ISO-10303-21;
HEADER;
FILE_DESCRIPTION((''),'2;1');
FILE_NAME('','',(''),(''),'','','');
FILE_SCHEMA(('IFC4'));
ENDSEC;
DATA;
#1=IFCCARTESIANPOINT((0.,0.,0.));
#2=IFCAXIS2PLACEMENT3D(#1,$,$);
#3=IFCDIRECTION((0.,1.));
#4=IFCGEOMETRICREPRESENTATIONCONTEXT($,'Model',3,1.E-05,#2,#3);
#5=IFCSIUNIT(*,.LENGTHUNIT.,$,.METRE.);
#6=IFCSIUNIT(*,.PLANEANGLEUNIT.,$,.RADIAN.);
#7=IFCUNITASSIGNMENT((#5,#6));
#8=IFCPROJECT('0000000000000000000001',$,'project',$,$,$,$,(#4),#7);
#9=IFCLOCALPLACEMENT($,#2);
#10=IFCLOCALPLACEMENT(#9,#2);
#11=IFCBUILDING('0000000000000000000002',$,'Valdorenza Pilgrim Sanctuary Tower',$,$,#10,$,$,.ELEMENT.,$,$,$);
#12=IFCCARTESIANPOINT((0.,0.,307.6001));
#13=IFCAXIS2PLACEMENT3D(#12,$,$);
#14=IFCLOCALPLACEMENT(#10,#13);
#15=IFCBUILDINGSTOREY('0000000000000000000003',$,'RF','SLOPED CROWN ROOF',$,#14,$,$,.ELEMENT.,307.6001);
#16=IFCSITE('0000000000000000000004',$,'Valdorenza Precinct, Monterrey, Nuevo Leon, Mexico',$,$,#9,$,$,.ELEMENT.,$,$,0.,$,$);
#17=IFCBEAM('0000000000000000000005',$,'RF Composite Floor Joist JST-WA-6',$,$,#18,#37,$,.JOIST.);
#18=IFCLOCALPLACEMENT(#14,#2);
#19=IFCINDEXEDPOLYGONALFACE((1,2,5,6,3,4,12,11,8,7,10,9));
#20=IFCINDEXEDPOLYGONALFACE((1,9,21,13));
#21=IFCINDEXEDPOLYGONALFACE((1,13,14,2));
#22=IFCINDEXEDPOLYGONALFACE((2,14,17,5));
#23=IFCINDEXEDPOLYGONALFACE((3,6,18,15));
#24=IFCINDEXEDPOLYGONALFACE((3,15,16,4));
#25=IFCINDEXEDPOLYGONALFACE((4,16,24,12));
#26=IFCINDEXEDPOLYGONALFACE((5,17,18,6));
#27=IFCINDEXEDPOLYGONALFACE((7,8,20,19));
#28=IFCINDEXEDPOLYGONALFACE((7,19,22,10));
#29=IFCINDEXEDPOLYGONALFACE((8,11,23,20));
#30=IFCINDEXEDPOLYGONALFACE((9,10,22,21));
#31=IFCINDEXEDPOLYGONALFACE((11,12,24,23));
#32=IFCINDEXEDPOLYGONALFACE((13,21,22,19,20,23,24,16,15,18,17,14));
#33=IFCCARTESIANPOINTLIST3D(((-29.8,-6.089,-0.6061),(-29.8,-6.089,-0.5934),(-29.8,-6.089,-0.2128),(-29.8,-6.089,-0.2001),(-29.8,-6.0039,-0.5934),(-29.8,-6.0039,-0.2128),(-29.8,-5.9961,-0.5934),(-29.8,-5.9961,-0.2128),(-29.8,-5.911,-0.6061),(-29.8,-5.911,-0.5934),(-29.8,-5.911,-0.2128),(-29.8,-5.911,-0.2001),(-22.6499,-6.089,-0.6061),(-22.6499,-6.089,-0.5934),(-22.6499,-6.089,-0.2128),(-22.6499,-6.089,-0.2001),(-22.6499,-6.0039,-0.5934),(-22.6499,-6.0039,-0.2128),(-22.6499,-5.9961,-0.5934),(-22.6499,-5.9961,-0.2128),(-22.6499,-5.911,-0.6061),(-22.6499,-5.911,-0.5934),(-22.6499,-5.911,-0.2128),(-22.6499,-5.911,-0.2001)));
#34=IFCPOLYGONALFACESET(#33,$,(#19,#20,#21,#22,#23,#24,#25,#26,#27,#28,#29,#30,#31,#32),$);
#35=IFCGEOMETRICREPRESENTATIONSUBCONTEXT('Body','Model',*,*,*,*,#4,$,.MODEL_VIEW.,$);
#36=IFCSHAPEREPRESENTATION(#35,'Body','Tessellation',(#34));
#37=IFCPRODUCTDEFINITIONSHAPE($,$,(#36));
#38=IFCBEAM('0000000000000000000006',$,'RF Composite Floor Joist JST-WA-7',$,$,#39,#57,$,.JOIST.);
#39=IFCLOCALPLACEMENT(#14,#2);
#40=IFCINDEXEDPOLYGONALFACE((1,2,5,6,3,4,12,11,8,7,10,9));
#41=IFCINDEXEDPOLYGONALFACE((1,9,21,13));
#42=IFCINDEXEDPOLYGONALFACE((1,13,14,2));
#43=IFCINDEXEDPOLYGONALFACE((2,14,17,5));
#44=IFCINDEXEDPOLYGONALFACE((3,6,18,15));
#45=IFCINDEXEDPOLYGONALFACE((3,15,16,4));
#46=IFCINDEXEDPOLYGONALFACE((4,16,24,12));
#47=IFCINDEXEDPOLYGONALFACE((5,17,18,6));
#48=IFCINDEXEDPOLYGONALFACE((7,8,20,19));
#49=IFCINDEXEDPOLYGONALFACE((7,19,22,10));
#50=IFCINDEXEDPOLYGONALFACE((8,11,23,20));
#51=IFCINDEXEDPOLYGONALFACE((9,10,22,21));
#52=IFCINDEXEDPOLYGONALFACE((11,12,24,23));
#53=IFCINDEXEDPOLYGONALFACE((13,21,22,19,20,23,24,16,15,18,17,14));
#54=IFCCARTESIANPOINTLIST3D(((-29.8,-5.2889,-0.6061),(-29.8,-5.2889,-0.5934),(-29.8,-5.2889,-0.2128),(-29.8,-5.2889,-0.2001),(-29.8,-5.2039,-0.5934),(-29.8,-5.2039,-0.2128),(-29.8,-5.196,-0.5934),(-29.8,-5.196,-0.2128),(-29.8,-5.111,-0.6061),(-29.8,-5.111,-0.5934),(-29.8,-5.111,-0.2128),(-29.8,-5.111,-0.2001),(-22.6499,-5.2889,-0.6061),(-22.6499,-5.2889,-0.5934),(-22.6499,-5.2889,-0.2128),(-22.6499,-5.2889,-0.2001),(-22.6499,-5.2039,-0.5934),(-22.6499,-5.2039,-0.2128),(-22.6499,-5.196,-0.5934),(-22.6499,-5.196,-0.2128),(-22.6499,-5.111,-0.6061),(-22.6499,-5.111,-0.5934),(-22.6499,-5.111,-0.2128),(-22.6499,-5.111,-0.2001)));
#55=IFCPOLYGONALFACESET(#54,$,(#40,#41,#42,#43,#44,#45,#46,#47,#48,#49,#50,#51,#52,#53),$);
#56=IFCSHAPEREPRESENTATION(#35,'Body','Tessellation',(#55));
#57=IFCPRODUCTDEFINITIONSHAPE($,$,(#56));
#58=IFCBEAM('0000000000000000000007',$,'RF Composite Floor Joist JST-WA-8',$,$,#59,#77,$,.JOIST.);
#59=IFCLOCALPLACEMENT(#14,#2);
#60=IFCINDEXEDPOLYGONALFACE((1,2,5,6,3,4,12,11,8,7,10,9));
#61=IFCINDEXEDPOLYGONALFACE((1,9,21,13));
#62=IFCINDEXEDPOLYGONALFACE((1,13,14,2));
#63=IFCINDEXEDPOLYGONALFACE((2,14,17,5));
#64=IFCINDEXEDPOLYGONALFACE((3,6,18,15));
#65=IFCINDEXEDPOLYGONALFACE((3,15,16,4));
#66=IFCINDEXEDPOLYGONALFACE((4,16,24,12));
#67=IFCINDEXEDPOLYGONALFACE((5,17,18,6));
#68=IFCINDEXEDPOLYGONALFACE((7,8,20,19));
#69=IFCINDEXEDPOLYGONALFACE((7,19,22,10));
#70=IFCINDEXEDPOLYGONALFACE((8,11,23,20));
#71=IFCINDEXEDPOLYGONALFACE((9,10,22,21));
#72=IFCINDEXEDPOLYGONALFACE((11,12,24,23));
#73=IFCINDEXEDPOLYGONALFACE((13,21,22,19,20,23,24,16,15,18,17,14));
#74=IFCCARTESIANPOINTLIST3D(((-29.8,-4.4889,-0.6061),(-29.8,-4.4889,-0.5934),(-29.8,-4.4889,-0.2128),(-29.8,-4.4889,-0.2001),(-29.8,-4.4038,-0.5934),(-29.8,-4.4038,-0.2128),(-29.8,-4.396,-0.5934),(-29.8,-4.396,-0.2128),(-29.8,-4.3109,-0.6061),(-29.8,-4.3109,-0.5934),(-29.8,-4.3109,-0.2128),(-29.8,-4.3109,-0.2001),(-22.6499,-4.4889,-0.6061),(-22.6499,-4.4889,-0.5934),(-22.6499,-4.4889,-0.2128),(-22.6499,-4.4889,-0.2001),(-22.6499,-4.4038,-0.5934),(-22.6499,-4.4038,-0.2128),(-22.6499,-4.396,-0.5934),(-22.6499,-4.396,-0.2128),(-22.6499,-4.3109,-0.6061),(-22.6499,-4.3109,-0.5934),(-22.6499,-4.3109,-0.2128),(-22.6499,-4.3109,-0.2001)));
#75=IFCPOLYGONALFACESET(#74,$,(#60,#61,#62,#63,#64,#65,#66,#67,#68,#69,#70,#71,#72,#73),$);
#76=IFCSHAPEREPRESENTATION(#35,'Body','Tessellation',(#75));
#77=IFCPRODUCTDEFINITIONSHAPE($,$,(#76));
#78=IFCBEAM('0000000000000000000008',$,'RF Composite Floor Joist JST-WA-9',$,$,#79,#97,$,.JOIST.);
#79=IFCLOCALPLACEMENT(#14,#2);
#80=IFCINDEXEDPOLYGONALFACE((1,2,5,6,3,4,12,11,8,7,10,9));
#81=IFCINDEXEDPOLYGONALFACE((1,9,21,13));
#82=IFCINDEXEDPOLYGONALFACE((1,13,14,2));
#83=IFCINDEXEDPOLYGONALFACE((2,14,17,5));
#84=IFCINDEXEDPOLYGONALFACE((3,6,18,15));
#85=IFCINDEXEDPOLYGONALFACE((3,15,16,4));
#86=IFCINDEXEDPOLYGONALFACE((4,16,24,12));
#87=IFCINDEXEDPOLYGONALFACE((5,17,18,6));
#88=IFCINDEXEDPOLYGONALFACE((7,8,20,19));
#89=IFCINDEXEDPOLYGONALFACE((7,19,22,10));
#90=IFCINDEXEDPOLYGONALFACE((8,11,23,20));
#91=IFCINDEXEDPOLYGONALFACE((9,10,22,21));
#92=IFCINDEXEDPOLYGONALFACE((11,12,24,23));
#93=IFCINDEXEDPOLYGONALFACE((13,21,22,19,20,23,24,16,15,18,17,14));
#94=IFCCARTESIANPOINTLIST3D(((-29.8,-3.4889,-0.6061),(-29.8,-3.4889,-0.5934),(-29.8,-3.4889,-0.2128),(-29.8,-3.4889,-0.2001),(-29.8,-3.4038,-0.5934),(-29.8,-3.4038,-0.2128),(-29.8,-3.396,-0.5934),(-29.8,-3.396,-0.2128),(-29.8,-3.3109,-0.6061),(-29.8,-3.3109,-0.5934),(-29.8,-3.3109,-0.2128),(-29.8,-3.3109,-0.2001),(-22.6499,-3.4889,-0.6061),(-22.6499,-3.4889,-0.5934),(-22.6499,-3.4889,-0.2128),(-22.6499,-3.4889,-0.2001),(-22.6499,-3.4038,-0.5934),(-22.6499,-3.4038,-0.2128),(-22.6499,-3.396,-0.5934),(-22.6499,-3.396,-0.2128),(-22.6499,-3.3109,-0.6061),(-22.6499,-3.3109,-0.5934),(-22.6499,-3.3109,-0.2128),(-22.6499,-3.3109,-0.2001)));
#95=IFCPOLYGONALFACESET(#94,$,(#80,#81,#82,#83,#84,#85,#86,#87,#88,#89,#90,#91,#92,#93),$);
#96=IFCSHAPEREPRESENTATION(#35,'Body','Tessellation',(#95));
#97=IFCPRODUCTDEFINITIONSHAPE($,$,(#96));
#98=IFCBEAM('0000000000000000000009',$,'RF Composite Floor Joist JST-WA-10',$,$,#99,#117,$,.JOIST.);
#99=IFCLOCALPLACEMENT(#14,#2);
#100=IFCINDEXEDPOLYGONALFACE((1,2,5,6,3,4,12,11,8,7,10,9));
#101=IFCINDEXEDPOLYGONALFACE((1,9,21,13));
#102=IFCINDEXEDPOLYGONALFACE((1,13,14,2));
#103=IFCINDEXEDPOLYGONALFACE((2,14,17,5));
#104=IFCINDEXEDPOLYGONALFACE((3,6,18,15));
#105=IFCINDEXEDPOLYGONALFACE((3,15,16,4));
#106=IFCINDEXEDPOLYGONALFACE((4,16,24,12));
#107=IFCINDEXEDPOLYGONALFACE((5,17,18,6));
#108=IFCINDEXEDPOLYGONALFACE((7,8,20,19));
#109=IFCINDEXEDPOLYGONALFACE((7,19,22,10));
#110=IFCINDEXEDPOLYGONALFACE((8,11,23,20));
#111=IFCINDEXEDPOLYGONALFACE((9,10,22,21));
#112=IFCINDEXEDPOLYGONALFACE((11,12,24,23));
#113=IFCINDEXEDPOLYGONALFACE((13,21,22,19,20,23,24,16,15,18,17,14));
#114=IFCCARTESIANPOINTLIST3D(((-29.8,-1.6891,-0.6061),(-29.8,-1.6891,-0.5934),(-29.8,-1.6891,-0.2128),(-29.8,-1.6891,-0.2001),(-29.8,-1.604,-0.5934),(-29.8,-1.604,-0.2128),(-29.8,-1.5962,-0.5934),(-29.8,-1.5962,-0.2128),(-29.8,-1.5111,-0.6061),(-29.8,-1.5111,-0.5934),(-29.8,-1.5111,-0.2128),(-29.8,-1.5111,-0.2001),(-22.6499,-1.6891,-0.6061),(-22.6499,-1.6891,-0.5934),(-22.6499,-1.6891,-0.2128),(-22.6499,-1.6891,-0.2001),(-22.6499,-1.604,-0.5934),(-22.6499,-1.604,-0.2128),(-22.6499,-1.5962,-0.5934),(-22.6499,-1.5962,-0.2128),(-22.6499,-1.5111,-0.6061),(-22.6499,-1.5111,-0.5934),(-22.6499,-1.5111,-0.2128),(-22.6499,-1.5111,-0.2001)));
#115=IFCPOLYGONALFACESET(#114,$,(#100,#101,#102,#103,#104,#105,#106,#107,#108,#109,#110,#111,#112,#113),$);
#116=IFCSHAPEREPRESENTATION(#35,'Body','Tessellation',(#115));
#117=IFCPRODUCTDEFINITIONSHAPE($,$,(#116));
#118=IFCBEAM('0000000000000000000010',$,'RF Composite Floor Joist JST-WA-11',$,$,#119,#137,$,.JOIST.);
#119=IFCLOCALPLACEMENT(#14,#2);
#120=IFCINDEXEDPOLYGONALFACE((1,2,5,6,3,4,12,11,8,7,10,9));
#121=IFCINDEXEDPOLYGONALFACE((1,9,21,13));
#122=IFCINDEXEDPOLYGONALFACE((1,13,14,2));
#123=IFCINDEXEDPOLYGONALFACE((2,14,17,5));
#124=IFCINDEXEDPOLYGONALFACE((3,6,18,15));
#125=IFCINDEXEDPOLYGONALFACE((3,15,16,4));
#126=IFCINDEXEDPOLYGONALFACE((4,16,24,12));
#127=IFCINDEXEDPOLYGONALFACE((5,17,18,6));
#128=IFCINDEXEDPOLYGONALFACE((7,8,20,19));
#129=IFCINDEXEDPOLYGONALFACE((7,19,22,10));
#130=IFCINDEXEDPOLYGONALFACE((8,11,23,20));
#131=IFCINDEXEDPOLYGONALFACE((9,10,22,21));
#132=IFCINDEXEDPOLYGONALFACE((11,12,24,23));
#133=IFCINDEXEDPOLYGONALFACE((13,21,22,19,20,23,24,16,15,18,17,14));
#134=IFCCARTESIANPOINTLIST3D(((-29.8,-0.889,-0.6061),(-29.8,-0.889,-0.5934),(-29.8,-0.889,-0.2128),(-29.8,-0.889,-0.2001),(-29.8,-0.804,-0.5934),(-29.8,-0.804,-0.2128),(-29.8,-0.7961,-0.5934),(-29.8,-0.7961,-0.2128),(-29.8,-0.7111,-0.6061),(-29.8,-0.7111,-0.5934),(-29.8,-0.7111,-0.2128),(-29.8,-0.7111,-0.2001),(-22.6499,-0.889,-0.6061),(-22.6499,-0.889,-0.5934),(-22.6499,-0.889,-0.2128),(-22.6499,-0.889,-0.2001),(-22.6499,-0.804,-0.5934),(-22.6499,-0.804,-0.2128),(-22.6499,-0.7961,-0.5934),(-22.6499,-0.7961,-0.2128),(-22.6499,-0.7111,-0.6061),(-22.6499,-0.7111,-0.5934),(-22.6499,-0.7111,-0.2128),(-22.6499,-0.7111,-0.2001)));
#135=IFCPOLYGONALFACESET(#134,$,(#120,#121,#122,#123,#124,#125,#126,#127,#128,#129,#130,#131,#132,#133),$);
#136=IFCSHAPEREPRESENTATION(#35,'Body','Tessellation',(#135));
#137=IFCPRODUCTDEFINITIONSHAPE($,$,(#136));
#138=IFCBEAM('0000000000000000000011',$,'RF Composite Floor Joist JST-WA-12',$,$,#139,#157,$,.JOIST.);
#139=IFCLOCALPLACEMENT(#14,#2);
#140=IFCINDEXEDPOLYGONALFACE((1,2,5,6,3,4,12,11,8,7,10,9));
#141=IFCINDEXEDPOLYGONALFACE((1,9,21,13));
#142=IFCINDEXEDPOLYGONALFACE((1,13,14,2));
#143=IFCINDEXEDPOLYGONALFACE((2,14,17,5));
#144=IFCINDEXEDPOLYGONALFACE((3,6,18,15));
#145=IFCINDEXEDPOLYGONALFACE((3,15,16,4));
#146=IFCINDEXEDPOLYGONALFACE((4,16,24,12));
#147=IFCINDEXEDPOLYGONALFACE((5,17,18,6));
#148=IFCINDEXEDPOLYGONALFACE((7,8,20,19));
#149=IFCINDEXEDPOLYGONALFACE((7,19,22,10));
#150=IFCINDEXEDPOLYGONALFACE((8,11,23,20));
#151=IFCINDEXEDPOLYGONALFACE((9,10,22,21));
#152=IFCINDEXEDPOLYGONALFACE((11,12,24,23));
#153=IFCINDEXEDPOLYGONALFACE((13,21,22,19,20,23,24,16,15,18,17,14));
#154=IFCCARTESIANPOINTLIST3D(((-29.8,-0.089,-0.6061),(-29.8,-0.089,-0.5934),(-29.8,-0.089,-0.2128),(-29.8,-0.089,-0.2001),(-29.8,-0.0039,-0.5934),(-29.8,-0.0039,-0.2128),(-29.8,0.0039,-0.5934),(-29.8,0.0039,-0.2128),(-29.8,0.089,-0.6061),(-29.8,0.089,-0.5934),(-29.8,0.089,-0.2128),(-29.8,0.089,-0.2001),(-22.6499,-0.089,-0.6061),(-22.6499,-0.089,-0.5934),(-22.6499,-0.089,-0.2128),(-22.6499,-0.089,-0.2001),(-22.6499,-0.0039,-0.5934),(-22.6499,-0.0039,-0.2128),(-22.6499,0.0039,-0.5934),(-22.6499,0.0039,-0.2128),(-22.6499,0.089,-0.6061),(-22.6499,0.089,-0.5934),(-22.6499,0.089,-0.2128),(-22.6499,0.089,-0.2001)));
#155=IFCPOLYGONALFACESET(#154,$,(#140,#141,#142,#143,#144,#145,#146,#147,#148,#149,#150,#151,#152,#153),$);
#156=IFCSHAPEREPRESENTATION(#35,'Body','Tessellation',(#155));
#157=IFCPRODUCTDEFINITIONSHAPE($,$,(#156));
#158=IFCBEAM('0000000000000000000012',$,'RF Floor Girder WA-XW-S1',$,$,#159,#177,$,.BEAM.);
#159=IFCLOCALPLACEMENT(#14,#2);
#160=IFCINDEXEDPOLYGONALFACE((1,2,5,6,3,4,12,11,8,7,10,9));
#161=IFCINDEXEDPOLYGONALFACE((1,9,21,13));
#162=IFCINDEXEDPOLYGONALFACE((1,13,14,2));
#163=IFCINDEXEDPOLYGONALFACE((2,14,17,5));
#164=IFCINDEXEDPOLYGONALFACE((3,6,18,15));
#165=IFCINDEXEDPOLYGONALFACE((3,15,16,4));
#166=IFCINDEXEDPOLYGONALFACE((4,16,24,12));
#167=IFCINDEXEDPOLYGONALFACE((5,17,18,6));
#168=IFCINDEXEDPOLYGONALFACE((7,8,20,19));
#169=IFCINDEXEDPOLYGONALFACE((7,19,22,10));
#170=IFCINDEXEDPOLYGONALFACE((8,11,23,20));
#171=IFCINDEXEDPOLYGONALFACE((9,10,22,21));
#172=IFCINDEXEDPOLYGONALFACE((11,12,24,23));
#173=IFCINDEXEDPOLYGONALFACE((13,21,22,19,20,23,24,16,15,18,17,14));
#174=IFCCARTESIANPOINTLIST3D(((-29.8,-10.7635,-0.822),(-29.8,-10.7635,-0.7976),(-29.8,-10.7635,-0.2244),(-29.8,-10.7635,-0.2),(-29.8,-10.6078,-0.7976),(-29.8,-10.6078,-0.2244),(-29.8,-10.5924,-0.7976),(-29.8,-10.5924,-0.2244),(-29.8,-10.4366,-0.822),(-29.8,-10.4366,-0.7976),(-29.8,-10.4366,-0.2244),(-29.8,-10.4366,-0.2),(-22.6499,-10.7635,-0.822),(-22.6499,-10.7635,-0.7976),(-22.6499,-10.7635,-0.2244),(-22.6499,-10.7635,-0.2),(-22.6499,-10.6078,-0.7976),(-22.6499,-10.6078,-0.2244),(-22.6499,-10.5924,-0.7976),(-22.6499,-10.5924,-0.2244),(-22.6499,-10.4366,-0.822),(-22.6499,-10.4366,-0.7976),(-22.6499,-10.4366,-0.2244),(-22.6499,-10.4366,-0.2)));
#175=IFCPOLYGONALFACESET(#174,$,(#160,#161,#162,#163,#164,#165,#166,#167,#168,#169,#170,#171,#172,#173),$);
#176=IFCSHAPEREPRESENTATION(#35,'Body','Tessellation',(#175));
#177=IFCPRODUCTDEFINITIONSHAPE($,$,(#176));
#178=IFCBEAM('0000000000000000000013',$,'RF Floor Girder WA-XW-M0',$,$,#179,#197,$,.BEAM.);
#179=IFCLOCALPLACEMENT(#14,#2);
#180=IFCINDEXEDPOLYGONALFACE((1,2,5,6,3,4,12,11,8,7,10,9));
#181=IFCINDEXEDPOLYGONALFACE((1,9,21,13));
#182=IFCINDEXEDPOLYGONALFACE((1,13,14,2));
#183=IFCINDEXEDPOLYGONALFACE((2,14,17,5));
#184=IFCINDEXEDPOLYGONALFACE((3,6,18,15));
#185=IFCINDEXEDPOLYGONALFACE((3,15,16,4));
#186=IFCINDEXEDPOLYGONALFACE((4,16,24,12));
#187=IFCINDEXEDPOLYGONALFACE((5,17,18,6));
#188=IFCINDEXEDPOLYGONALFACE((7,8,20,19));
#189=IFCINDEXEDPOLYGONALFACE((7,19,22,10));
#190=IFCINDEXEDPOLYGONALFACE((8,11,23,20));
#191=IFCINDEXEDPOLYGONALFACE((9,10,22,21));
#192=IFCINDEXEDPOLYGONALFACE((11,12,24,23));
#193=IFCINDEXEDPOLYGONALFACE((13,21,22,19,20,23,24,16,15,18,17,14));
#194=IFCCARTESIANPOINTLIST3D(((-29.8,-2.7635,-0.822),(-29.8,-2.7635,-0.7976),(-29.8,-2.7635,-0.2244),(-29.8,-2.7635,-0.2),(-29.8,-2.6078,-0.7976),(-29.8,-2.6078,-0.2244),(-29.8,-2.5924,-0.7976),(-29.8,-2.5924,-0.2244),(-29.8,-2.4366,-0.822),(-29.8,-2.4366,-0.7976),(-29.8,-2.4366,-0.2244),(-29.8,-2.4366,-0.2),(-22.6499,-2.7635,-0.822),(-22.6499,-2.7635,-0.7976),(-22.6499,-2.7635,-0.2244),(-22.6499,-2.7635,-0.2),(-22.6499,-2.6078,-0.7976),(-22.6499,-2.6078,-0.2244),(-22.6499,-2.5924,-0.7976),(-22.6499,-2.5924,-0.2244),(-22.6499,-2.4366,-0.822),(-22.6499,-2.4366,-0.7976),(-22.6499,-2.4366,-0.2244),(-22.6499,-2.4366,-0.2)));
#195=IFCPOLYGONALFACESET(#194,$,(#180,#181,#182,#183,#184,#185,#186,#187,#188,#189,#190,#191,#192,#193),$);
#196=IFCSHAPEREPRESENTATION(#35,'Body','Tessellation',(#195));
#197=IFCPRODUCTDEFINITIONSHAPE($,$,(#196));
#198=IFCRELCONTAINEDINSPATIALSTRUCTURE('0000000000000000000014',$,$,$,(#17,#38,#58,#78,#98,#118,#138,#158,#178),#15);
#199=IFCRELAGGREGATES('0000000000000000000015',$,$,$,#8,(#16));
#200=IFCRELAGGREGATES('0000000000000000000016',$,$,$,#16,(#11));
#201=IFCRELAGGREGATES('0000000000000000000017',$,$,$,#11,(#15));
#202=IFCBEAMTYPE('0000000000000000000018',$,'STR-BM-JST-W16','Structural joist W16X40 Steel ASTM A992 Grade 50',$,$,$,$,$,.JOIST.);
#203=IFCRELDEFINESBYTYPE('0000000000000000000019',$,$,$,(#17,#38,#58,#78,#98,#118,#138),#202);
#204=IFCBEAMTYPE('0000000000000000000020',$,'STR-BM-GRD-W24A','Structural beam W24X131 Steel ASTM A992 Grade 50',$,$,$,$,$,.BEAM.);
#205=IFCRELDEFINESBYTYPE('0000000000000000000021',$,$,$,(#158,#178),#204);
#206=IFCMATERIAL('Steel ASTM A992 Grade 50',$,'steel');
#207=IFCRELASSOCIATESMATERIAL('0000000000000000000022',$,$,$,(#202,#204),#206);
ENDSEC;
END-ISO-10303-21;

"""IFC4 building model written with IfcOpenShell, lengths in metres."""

from ifc_helpers import new_model, si_unit, direction, frame, origin, origin_2d, place, context, subcontext, project, spatial, i_section, extrude, source, transform, mapped, material, material_profile, profile_set, type_object, element, save


model = new_model("IFC4")

# Units and contexts
model_context = context("Model", 3, precision=1e-05, world=origin(), true_north=direction((0.0, 1.0)))
body_context = subcontext(model_context, "Body", "Model", "MODEL_VIEW")
ifc_project = project(units=[si_unit("LENGTHUNIT", "METRE"), si_unit("PLANEANGLEUNIT", "RADIAN")], contexts=[model_context])

# Site, building, storey
site_placement = place(None, origin())
site = spatial("IfcSite", under=ifc_project, at=site_placement, Name="Valdorenza Precinct, Monterrey, Nuevo Leon, Mexico", CompositionType="ELEMENT", RefElevation=0.0)
building_placement = place(site_placement, origin())
building = spatial("IfcBuilding", under=site, at=building_placement, Name="Valdorenza Pilgrim Sanctuary Tower", CompositionType="ELEMENT")
storey_placement = place(building_placement, frame((0.0, 0.0, 307.6001)))
storey = spatial("IfcBuildingStorey", under=building, at=storey_placement, Name="RF", Description="SLOPED CROWN ROOF", CompositionType="ELEMENT", Elevation=307.6001)

# Shared definitions
ifc_material_1 = material(Name="Steel ASTM A992 Grade 50", Category="steel")

# Beams
ifc_material_profile_1 = material_profile(ifc_material_1, i_section(OverallWidth=0.178, OverallDepth=0.406, WebThickness=0.0078, FlangeThickness=0.0127, at=origin_2d()), Name="W16X40")
ifc_profile_set_1 = profile_set([ifc_material_profile_1], Name="Steel ASTM A992 Grade 50")
beam_type_1 = type_object("IfcBeamType", Name="STR-BM-JST-W16", Description="Structural joist W16X40 Steel ASTM A992 Grade 50", PredefinedType="JOIST", material=ifc_profile_set_1)
shared_shape_1 = source(origin(), body_context, "Body", "SweptSolid", [
    extrude(i_section(OverallWidth=0.178, OverallDepth=0.406, WebThickness=0.0078, FlangeThickness=0.0127, at=origin_2d()), origin(), (0.0, 0.0, 1.0), 7.1501),
])
for number, where, z_axis, x_axis, name in (
    (1, (-29.8, -6.0, -0.4031), (1.0, 0.0, 0.0), (0.0, 1.0, 0.0), "RF Composite Floor Joist JST-WA-6"),
    (2, (-29.8, -5.2, -0.4031), (1.0, 0.0, 0.0), (0.0, 1.0, 0.0), "RF Composite Floor Joist JST-WA-7"),
    (3, (-29.8, -4.3999, -0.4031), (1.0, 0.0, 0.0), (0.0, 1.0, 0.0), "RF Composite Floor Joist JST-WA-8"),
    (4, (-29.8, -3.3999, -0.4031), (1.0, 0.0, 0.0), (0.0, 1.0, 0.0), "RF Composite Floor Joist JST-WA-9"),
    (5, (-29.8, -1.6001, -0.4031), (1.0, 0.0, 0.0), (0.0, 1.0, 0.0), "RF Composite Floor Joist JST-WA-10"),
    (6, (-29.8, -0.8, -0.4031), (1.0, 0.0, 0.0), (0.0, 1.0, 0.0), "RF Composite Floor Joist JST-WA-11"),
    (7, (-29.8, 0.0, -0.4031), (1.0, 0.0, 0.0), (0.0, 1.0, 0.0), "RF Composite Floor Joist JST-WA-12"),
):
    element("IfcBeam", number, at=place(storey_placement, frame(where, z_axis=z_axis, x_axis=x_axis)), inside=storey, type_object=beam_type_1, Name=name, PredefinedType="JOIST", context=body_context, shape_type="MappedRepresentation", body=[
        mapped(shared_shape_1, transform((0.0, 0.0, 0.0), x_axis=(1.0, 0.0, 0.0), y_axis=(0.0, 1.0, 0.0), z_axis=(0.0, 0.0, 1.0), scale=1.0)),
    ])
ifc_material_profile_2 = material_profile(ifc_material_1, i_section(OverallWidth=0.3269, OverallDepth=0.6221, WebThickness=0.0154, FlangeThickness=0.0244, at=origin_2d()), Name="W24X131")
ifc_profile_set_2 = profile_set([ifc_material_profile_2], Name="Steel ASTM A992 Grade 50")
beam_type_2 = type_object("IfcBeamType", Name="STR-BM-GRD-W24A", Description="Structural beam W24X131 Steel ASTM A992 Grade 50", PredefinedType="BEAM", material=ifc_profile_set_2)
shared_shape_2 = source(origin(), body_context, "Body", "SweptSolid", [
    extrude(i_section(OverallWidth=0.3269, OverallDepth=0.6221, WebThickness=0.0154, FlangeThickness=0.0244, at=origin_2d()), origin(), (0.0, 0.0, 1.0), 7.1501),
])
for number, where, z_axis, x_axis, name in (
    (8, (-29.8, -10.6001, -0.511), (1.0, 0.0, 0.0), (0.0, 1.0, 0.0), "RF Floor Girder WA-XW-S1"),
    (9, (-29.8, -2.6001, -0.511), (1.0, 0.0, 0.0), (0.0, 1.0, 0.0), "RF Floor Girder WA-XW-M0"),
):
    element("IfcBeam", number, at=place(storey_placement, frame(where, z_axis=z_axis, x_axis=x_axis)), inside=storey, type_object=beam_type_2, Name=name, PredefinedType="BEAM", context=body_context, shape_type="MappedRepresentation", body=[
        mapped(shared_shape_2, transform((0.0, 0.0, 0.0), x_axis=(1.0, 0.0, 0.0), y_axis=(0.0, 1.0, 0.0), z_axis=(0.0, 0.0, 1.0), scale=1.0)),
    ])

save(model, "model.ifc")
